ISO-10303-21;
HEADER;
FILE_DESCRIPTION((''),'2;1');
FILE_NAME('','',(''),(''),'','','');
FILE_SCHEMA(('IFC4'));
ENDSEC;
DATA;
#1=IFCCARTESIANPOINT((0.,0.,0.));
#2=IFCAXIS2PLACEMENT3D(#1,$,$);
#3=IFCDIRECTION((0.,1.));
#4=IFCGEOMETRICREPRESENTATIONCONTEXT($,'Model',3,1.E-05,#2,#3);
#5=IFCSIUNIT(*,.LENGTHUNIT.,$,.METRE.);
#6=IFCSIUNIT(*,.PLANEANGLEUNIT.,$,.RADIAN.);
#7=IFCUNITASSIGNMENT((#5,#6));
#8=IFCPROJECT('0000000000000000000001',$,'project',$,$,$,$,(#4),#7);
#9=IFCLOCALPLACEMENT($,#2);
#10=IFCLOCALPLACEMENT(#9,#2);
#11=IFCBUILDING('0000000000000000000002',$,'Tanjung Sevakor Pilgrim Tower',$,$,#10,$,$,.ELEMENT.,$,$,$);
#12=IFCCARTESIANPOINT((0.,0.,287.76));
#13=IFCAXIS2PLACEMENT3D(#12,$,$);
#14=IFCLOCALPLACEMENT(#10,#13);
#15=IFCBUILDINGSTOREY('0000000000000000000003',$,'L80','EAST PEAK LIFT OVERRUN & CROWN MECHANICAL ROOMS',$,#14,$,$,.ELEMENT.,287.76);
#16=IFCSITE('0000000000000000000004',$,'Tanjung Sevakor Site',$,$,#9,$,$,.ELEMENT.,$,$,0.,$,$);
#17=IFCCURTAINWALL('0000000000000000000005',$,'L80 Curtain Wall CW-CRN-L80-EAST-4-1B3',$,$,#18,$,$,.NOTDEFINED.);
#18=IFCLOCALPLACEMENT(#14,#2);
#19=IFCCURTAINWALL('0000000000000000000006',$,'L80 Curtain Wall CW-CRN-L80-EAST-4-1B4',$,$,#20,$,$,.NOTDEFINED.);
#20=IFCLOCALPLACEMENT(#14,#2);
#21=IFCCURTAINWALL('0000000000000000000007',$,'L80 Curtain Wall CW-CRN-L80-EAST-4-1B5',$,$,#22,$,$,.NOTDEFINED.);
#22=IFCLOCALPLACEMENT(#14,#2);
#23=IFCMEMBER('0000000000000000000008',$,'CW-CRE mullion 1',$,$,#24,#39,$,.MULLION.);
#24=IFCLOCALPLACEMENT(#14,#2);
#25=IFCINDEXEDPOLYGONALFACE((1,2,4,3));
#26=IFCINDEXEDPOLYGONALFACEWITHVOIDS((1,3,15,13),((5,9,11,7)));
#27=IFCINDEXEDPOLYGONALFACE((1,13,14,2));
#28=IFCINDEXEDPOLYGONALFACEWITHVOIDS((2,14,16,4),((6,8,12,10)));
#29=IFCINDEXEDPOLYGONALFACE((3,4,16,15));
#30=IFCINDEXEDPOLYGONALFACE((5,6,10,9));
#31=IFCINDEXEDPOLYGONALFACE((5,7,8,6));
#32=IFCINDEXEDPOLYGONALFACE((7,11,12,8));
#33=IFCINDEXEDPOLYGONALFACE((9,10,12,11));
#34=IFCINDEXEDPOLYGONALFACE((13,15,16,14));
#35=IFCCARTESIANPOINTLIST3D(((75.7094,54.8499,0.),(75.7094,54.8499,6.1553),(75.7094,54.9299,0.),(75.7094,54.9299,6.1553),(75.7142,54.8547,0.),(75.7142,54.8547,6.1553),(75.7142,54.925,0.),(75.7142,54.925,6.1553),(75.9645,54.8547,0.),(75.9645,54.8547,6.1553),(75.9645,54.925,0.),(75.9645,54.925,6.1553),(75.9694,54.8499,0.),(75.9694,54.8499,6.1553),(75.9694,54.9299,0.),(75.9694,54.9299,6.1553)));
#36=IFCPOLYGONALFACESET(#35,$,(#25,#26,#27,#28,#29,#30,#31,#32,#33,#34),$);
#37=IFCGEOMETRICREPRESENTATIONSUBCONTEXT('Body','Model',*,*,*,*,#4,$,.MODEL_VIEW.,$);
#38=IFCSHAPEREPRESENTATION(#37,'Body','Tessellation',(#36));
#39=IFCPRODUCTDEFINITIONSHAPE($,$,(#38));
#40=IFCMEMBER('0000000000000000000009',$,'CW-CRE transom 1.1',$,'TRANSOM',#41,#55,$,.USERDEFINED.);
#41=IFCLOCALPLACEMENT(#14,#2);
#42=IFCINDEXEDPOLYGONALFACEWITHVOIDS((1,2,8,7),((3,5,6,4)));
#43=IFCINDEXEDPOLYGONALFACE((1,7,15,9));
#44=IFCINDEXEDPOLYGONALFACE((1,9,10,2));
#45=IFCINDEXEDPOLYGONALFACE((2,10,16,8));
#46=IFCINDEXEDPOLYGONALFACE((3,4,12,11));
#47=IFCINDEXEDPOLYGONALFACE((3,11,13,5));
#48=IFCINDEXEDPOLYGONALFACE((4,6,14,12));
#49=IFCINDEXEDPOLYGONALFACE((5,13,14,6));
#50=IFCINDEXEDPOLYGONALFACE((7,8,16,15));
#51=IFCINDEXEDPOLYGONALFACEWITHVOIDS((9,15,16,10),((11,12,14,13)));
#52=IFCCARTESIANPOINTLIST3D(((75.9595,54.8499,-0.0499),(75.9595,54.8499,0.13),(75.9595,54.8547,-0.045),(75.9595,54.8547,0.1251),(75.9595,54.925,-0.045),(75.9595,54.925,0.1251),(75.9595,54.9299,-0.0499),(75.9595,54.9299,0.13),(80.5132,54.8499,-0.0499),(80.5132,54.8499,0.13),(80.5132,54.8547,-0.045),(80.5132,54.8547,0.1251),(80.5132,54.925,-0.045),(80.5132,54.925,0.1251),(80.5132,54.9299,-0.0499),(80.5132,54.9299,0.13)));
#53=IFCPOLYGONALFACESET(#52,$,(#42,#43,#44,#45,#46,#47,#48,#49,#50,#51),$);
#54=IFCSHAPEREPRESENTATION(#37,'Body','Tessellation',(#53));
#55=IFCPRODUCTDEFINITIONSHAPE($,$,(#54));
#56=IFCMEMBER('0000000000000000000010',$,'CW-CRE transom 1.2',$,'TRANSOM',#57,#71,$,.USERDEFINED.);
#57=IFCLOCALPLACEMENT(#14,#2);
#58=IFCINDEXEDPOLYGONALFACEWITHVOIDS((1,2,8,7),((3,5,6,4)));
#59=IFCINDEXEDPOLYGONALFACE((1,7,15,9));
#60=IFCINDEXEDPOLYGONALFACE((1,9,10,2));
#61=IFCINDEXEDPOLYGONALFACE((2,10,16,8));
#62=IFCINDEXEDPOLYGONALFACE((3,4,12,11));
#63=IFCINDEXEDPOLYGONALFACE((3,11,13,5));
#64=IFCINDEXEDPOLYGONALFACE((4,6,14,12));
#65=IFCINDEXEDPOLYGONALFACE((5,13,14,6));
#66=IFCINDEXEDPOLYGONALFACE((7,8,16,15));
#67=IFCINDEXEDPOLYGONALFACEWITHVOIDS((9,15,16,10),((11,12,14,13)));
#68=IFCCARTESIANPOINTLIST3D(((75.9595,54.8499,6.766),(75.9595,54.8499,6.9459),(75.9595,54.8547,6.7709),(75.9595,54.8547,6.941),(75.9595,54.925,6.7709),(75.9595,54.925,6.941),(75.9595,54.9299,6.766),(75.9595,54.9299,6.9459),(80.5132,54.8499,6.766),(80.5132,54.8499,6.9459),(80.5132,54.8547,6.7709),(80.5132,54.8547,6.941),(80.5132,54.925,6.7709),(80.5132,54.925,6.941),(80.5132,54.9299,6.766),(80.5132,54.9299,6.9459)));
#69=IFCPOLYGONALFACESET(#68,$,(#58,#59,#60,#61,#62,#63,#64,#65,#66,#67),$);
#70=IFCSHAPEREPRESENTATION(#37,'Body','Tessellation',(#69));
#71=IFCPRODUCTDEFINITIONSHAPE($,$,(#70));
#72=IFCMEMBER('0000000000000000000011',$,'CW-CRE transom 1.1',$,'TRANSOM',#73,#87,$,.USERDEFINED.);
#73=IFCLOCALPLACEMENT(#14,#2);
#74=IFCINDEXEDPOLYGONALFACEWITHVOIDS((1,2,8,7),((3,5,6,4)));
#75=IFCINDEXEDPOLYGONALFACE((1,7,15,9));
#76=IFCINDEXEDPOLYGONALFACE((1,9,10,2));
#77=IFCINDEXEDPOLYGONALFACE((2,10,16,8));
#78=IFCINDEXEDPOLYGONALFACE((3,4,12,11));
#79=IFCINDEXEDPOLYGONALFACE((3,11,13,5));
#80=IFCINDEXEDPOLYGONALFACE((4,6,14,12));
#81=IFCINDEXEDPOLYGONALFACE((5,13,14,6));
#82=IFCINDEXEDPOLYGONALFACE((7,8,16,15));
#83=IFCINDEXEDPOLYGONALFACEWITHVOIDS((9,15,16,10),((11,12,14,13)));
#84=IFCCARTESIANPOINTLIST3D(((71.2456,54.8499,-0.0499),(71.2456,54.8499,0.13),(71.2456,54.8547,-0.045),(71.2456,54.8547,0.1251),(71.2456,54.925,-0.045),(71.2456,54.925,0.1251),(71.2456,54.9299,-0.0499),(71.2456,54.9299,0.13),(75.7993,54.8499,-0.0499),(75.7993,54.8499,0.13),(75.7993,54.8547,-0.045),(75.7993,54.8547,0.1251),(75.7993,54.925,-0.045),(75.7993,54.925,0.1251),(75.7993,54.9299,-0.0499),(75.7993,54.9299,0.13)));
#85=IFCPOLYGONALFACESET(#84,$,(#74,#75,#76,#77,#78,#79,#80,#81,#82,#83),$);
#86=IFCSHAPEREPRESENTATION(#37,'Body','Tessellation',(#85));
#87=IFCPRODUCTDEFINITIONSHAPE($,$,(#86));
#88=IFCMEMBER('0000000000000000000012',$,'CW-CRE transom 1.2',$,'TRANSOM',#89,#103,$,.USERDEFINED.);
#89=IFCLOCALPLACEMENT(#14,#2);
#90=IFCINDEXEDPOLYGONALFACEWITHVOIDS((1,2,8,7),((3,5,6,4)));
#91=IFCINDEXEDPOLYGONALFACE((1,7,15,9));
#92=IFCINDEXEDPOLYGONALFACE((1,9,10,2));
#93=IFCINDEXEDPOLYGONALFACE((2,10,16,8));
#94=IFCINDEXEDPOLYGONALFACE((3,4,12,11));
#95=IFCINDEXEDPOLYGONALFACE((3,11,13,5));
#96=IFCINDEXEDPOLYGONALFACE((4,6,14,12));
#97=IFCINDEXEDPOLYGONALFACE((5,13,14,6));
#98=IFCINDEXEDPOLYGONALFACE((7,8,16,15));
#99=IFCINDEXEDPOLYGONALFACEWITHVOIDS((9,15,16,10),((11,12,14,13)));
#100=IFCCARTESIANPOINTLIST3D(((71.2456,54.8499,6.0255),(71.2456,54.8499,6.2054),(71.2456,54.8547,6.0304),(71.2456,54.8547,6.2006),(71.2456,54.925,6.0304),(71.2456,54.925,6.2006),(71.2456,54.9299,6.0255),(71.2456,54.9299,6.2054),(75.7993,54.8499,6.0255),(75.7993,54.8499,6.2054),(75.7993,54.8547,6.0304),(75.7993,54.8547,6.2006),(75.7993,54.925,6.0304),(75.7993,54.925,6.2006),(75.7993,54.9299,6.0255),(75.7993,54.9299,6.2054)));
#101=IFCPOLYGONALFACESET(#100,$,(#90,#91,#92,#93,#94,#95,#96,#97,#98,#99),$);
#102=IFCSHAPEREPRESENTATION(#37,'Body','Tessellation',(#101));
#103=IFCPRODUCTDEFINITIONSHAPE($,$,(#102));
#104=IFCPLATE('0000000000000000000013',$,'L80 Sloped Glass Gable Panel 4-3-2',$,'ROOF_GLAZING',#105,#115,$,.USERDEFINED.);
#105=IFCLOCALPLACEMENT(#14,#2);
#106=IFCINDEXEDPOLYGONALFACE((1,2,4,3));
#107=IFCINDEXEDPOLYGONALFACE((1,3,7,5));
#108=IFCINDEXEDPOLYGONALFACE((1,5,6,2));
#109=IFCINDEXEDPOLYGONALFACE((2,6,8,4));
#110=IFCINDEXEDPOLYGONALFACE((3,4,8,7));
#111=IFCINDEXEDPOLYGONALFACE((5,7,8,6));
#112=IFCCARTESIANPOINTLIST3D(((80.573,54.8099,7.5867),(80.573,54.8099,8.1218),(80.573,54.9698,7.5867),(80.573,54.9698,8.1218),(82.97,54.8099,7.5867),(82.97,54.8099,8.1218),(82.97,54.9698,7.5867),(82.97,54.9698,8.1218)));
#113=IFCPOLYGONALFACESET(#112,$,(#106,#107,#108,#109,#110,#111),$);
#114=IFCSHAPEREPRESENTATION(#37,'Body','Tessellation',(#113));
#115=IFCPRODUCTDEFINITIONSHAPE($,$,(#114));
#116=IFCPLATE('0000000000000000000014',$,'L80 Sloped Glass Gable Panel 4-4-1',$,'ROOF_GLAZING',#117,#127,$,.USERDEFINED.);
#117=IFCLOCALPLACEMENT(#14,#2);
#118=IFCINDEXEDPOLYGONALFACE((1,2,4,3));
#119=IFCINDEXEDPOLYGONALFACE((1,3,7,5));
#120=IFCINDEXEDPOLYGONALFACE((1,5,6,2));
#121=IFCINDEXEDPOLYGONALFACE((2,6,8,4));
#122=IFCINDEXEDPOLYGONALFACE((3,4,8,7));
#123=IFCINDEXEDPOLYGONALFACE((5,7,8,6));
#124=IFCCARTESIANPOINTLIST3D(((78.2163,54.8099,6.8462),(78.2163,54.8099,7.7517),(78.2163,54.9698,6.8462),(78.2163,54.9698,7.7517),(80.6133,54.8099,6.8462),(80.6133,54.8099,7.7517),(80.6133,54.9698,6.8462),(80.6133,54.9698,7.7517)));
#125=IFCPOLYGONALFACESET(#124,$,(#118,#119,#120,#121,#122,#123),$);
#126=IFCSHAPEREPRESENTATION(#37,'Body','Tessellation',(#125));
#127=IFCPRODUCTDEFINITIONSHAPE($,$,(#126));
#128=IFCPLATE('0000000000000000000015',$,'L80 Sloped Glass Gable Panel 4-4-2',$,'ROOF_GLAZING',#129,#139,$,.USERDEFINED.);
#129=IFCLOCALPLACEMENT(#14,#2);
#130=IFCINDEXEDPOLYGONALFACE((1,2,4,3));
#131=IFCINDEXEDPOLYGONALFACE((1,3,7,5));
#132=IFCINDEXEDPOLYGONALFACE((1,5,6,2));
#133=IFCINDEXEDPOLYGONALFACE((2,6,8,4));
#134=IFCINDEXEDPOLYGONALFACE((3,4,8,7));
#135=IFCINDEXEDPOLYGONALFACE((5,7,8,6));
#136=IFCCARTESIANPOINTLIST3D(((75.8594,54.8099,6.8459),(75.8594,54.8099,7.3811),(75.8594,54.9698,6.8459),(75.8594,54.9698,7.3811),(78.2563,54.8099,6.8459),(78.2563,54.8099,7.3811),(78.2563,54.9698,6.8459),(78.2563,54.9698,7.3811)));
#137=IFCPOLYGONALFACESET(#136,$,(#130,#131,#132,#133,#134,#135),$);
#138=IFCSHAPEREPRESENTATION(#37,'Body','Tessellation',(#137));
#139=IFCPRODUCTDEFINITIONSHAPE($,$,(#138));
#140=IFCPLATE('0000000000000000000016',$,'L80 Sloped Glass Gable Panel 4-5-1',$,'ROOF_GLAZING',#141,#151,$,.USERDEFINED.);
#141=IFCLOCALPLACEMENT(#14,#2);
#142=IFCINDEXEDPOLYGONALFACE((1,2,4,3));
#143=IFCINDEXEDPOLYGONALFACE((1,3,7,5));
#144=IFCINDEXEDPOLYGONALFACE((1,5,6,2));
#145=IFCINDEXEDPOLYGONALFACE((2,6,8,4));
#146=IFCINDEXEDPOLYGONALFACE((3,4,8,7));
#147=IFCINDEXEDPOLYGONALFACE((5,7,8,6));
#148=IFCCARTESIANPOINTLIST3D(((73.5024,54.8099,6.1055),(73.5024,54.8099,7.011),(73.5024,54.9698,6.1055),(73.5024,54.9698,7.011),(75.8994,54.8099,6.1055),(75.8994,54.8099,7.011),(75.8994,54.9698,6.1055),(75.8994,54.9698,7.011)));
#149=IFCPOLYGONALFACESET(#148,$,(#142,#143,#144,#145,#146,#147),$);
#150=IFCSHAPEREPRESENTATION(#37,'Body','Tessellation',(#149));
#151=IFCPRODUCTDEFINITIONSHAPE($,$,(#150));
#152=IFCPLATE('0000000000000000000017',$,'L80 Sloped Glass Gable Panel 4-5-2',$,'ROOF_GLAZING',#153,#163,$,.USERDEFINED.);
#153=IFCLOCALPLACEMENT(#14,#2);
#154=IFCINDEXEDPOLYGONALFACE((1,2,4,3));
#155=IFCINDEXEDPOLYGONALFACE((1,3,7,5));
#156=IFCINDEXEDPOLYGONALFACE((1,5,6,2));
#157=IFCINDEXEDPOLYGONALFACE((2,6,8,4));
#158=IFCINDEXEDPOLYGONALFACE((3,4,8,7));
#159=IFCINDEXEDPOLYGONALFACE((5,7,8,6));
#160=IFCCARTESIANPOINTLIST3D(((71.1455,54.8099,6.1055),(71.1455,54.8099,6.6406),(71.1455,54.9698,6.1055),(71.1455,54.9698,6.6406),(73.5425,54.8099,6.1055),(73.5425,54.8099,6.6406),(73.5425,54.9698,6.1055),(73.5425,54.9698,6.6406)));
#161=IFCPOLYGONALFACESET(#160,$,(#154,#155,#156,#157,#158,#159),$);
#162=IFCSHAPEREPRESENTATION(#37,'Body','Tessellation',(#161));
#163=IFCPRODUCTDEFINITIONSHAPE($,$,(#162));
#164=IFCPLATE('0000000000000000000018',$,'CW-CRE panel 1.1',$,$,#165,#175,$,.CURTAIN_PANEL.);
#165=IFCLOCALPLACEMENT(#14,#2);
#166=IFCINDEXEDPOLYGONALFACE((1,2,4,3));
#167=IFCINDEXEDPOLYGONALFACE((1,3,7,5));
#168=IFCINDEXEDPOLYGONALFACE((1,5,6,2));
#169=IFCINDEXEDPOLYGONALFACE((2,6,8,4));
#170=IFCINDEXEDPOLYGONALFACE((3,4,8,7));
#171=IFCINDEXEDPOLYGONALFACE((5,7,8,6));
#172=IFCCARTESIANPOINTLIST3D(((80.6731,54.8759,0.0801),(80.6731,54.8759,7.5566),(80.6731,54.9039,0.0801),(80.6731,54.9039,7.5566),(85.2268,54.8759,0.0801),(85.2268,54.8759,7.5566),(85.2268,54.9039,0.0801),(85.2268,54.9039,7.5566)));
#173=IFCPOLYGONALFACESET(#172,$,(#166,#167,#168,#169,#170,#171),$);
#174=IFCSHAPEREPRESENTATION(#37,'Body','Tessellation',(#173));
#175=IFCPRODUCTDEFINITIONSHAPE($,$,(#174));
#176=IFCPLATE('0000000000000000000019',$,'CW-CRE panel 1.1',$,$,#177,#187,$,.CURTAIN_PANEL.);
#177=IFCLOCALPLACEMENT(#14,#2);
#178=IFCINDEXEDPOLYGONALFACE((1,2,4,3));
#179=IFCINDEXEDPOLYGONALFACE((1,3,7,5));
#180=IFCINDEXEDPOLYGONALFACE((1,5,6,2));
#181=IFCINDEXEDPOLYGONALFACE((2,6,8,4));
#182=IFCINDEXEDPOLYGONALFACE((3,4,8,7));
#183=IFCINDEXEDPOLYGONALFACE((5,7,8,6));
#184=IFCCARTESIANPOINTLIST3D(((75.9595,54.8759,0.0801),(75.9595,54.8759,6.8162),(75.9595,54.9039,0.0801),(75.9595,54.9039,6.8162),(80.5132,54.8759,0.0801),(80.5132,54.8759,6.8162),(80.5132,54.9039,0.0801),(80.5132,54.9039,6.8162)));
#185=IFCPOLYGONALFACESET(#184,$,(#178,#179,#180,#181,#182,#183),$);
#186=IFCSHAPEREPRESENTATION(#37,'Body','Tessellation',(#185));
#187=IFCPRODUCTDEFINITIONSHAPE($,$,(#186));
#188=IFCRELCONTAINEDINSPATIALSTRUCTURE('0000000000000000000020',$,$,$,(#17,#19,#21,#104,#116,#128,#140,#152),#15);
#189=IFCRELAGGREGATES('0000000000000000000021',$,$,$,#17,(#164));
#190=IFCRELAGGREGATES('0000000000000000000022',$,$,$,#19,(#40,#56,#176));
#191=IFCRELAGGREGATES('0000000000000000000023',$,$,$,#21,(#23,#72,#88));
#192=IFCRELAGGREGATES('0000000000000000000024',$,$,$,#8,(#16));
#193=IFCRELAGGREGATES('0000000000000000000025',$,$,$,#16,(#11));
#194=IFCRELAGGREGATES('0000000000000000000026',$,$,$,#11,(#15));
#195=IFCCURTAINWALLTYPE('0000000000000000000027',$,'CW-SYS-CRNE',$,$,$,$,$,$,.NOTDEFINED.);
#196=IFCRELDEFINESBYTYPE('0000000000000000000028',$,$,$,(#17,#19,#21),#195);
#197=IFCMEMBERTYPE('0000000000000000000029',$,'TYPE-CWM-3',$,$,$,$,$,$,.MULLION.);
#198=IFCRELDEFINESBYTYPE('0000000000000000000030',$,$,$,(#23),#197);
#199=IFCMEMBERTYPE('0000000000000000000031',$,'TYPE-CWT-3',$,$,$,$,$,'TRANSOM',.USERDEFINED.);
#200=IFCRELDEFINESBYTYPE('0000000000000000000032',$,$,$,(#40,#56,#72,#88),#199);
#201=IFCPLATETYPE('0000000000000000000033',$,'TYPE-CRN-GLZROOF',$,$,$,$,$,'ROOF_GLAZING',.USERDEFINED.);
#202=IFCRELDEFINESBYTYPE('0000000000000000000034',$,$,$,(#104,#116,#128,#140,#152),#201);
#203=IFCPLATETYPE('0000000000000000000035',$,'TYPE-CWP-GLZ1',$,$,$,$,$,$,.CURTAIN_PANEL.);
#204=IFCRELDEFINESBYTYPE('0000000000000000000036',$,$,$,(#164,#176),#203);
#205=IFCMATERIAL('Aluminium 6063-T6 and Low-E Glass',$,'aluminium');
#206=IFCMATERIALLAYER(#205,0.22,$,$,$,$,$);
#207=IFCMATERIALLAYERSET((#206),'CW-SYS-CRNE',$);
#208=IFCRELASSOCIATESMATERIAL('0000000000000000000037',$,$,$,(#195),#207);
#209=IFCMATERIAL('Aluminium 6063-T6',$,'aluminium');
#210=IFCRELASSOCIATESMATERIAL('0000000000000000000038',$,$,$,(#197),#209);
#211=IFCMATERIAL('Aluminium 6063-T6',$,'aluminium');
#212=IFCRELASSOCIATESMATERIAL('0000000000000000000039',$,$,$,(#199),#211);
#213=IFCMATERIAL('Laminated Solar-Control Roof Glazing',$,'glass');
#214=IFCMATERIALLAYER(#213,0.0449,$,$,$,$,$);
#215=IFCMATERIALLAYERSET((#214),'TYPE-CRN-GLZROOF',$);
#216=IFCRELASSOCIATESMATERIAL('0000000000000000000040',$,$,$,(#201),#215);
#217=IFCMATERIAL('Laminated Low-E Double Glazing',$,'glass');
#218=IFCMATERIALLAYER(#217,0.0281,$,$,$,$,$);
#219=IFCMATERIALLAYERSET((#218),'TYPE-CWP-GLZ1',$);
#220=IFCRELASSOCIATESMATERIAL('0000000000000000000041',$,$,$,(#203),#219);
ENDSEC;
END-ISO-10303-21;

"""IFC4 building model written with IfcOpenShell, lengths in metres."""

from ifc_helpers import new_model, si_unit, direction, frame, origin, origin_2d, place, context, subcontext, project, spatial, rectangle, hollow_rectangle, extrude, material, layer, layer_set, material_profile, profile_set, type_object, element, aggregate, save


model = new_model("IFC4")

# Units and contexts
model_context = context("Model", 3, precision=1e-05, world=origin(), true_north=direction((0.0, 1.0)))
body_context = subcontext(model_context, "Body", "Model", "MODEL_VIEW")
ifc_project = project(units=[si_unit("LENGTHUNIT", "METRE"), si_unit("PLANEANGLEUNIT", "RADIAN")], contexts=[model_context])

# Site, building, storey
site_placement = place(None, origin())
site = spatial("IfcSite", under=ifc_project, at=site_placement, Name="Tanjung Sevakor Site", CompositionType="ELEMENT", RefElevation=0.0)
building_placement = place(site_placement, origin())
building = spatial("IfcBuilding", under=site, at=building_placement, Name="Tanjung Sevakor Pilgrim Tower", CompositionType="ELEMENT")
storey_placement = place(building_placement, frame((0.0, 0.0, 287.76)))
storey = spatial("IfcBuildingStorey", under=building, at=storey_placement, Name="L80", Description="EAST PEAK LIFT OVERRUN & CROWN MECHANICAL ROOMS", CompositionType="ELEMENT", Elevation=287.76)

# Curtain wall
ifc_material_1 = material(Name="Aluminium 6063-T6 and Low-E Glass", Category="aluminium")
ifc_layer_1 = layer(ifc_material_1, 0.22)
ifc_layer_set_1 = layer_set([ifc_layer_1], Name="CW-SYS-CRNE")
curtain_wall_type = type_object("IfcCurtainWallType", Name="CW-SYS-CRNE", PredefinedType="NOTDEFINED", material=ifc_layer_set_1)
curtain_wall_1_placement = place(storey_placement, origin())
curtain_wall_1 = element("IfcCurtainWall", 1, at=curtain_wall_1_placement, inside=storey, type_object=curtain_wall_type, Name="L80 Curtain Wall CW-CRN-L80-EAST-4-1B3", PredefinedType="NOTDEFINED")
ifc_material_2 = material(Name="Aluminium 6063-T6", Category="aluminium")
ifc_material_profile_1 = material_profile(ifc_material_2, hollow_rectangle(XDim=0.0801, YDim=0.26, WallThickness=0.0049, at=origin_2d()))
ifc_profile_set_1 = profile_set([ifc_material_profile_1], Name="Aluminium 6063-T6")
member_type_1 = type_object("IfcMemberType", Name="TYPE-CWM-3", PredefinedType="MULLION", material=ifc_profile_set_1)

# Curtain wall
curtain_wall_2_placement = place(storey_placement, origin())
curtain_wall_2 = element("IfcCurtainWall", 2, at=curtain_wall_2_placement, inside=storey, type_object=curtain_wall_type, Name="L80 Curtain Wall CW-CRN-L80-EAST-4-1B4", PredefinedType="NOTDEFINED")

# Curtain wall, member
curtain_wall_3_placement = place(storey_placement, origin())
curtain_wall_3 = element("IfcCurtainWall", 3, at=curtain_wall_3_placement, inside=storey, type_object=curtain_wall_type, Name="L80 Curtain Wall CW-CRN-L80-EAST-4-1B5", PredefinedType="NOTDEFINED")
member_1_placement = place(storey_placement, frame((75.8394, 54.8899, 0.0), z_axis=(0.0, 0.0, 1.0), x_axis=(0.0, -1.0, 0.0)))
member_1 = element("IfcMember", 4, at=member_1_placement, type_object=member_type_1, Name="CW-CRE mullion 1", PredefinedType="MULLION", context=body_context, shape_type="SweptSolid", body=[
    extrude(hollow_rectangle(XDim=0.0801, YDim=0.26, WallThickness=0.0049, at=origin_2d()), origin(), (0.0, 0.0, 1.0), 6.1553),
])

# Members
ifc_material_3 = material(Name="Aluminium 6063-T6", Category="aluminium")
ifc_material_profile_2 = material_profile(ifc_material_3, hollow_rectangle(XDim=0.0801, YDim=0.1799, WallThickness=0.0049, at=origin_2d()))
ifc_profile_set_2 = profile_set([ifc_material_profile_2], Name="Aluminium 6063-T6")
member_type_2 = type_object("IfcMemberType", Name="TYPE-CWT-3", ElementType="TRANSOM", PredefinedType="USERDEFINED", material=ifc_profile_set_2)
member_2_placement = place(storey_placement, frame((80.5132, 54.8899, 0.04), z_axis=(-1.0, 0.0, 0.0), x_axis=(0.0, -1.0, 0.0)))
member_2 = element("IfcMember", 5, at=member_2_placement, type_object=member_type_2, Name="CW-CRE transom 1.1", ObjectType="TRANSOM", PredefinedType="USERDEFINED", context=body_context, shape_type="SweptSolid", body=[
    extrude(hollow_rectangle(XDim=0.0801, YDim=0.1799, WallThickness=0.0049, at=origin_2d()), origin(), (0.0, 0.0, 1.0), 4.5537),
])
member_3_placement = place(storey_placement, frame((80.5132, 54.8899, 6.856), z_axis=(-1.0, 0.0, 0.0), x_axis=(0.0, -1.0, 0.0)))
member_3 = element("IfcMember", 6, at=member_3_placement, type_object=member_type_2, Name="CW-CRE transom 1.2", ObjectType="TRANSOM", PredefinedType="USERDEFINED", context=body_context, shape_type="SweptSolid", body=[
    extrude(hollow_rectangle(XDim=0.0801, YDim=0.1799, WallThickness=0.0049, at=origin_2d()), origin(), (0.0, 0.0, 1.0), 4.5537),
])
member_4_placement = place(storey_placement, frame((75.7993, 54.8899, 0.04), z_axis=(-1.0, 0.0, 0.0), x_axis=(0.0, -1.0, 0.0)))
member_4 = element("IfcMember", 7, at=member_4_placement, type_object=member_type_2, Name="CW-CRE transom 1.1", ObjectType="TRANSOM", PredefinedType="USERDEFINED", context=body_context, shape_type="SweptSolid", body=[
    extrude(hollow_rectangle(XDim=0.0801, YDim=0.1799, WallThickness=0.0049, at=origin_2d()), origin(), (0.0, 0.0, 1.0), 4.5537),
])
member_5_placement = place(storey_placement, frame((75.7993, 54.8899, 6.1155), z_axis=(-1.0, 0.0, 0.0), x_axis=(0.0, -1.0, 0.0)))
member_5 = element("IfcMember", 8, at=member_5_placement, type_object=member_type_2, Name="CW-CRE transom 1.2", ObjectType="TRANSOM", PredefinedType="USERDEFINED", context=body_context, shape_type="SweptSolid", body=[
    extrude(hollow_rectangle(XDim=0.0801, YDim=0.1799, WallThickness=0.0049, at=origin_2d()), origin(), (0.0, 0.0, 1.0), 4.5537),
])

# Plates
ifc_material_4 = material(Name="Laminated Solar-Control Roof Glazing", Category="glass")
ifc_layer_2 = layer(ifc_material_4, 0.0449)
ifc_layer_set_2 = layer_set([ifc_layer_2], Name="TYPE-CRN-GLZROOF")
plate_type_1 = type_object("IfcPlateType", Name="TYPE-CRN-GLZROOF", ElementType="ROOF_GLAZING", PredefinedType="USERDEFINED", material=ifc_layer_set_2)
plate_1_placement = place(storey_placement, frame((81.7715, 54.8899, 7.5867), z_axis=(0.0, 0.0, 1.0), x_axis=(-1.0, 0.0, 0.0)))
element("IfcPlate", 9, at=plate_1_placement, inside=storey, type_object=plate_type_1, Name="L80 Sloped Glass Gable Panel 4-3-2", ObjectType="ROOF_GLAZING", PredefinedType="USERDEFINED", context=body_context, shape_type="SweptSolid", body=[
    extrude(rectangle(XDim=2.397, YDim=0.1599, at=origin_2d()), origin(), (0.0, 0.0, 1.0), 0.5352),
])
plate_2_placement = place(storey_placement, frame((79.4148, 54.8899, 6.8462), z_axis=(0.0, 0.0, 1.0), x_axis=(-1.0, 0.0, 0.0)))
element("IfcPlate", 10, at=plate_2_placement, inside=storey, type_object=plate_type_1, Name="L80 Sloped Glass Gable Panel 4-4-1", ObjectType="ROOF_GLAZING", PredefinedType="USERDEFINED", context=body_context, shape_type="SweptSolid", body=[
    extrude(rectangle(XDim=2.397, YDim=0.1599, at=origin_2d()), origin(), (0.0, 0.0, 1.0), 0.9055),
])
plate_3_placement = place(storey_placement, frame((77.0579, 54.8899, 6.8459), z_axis=(0.0, 0.0, 1.0), x_axis=(-1.0, 0.0, 0.0)))
element("IfcPlate", 11, at=plate_3_placement, inside=storey, type_object=plate_type_1, Name="L80 Sloped Glass Gable Panel 4-4-2", ObjectType="ROOF_GLAZING", PredefinedType="USERDEFINED", context=body_context, shape_type="SweptSolid", body=[
    extrude(rectangle(XDim=2.397, YDim=0.1599, at=origin_2d()), origin(), (0.0, 0.0, 1.0), 0.5352),
])
plate_4_placement = place(storey_placement, frame((74.7009, 54.8899, 6.1055), z_axis=(0.0, 0.0, 1.0), x_axis=(-1.0, 0.0, 0.0)))
element("IfcPlate", 12, at=plate_4_placement, inside=storey, type_object=plate_type_1, Name="L80 Sloped Glass Gable Panel 4-5-1", ObjectType="ROOF_GLAZING", PredefinedType="USERDEFINED", context=body_context, shape_type="SweptSolid", body=[
    extrude(rectangle(XDim=2.397, YDim=0.1599, at=origin_2d()), origin(), (0.0, 0.0, 1.0), 0.9055),
])
plate_5_placement = place(storey_placement, frame((72.344, 54.8899, 6.1055), z_axis=(0.0, 0.0, 1.0), x_axis=(-1.0, 0.0, 0.0)))
element("IfcPlate", 13, at=plate_5_placement, inside=storey, type_object=plate_type_1, Name="L80 Sloped Glass Gable Panel 4-5-2", ObjectType="ROOF_GLAZING", PredefinedType="USERDEFINED", context=body_context, shape_type="SweptSolid", body=[
    extrude(rectangle(XDim=2.397, YDim=0.1599, at=origin_2d()), origin(), (0.0, 0.0, 1.0), 0.5352),
])

# Plates
ifc_material_5 = material(Name="Laminated Low-E Double Glazing", Category="glass")
ifc_layer_3 = layer(ifc_material_5, 0.0281)
ifc_layer_set_3 = layer_set([ifc_layer_3], Name="TYPE-CWP-GLZ1")
plate_type_2 = type_object("IfcPlateType", Name="TYPE-CWP-GLZ1", PredefinedType="CURTAIN_PANEL", material=ifc_layer_set_3)
plate_6_placement = place(storey_placement, frame((82.95, 54.8899, 0.0801), z_axis=(0.0, 0.0, 1.0), x_axis=(-1.0, 0.0, 0.0)))
plate_6 = element("IfcPlate", 14, at=plate_6_placement, type_object=plate_type_2, Name="CW-CRE panel 1.1", PredefinedType="CURTAIN_PANEL", context=body_context, shape_type="SweptSolid", body=[
    extrude(rectangle(XDim=4.5537, YDim=0.0281, at=origin_2d()), origin(), (0.0, 0.0, 1.0), 7.4766),
])
aggregate(curtain_wall_1, [plate_6])
plate_7_placement = place(storey_placement, frame((78.2363, 54.8899, 0.0801), z_axis=(0.0, 0.0, 1.0), x_axis=(-1.0, 0.0, 0.0)))
plate_7 = element("IfcPlate", 15, at=plate_7_placement, type_object=plate_type_2, Name="CW-CRE panel 1.1", PredefinedType="CURTAIN_PANEL", context=body_context, shape_type="SweptSolid", body=[
    extrude(rectangle(XDim=4.5537, YDim=0.0281, at=origin_2d()), origin(), (0.0, 0.0, 1.0), 6.7361),
])
aggregate(curtain_wall_2, [member_2, member_3, plate_7])
aggregate(curtain_wall_3, [member_1, member_4, member_5])

save(model, "model.ifc")
